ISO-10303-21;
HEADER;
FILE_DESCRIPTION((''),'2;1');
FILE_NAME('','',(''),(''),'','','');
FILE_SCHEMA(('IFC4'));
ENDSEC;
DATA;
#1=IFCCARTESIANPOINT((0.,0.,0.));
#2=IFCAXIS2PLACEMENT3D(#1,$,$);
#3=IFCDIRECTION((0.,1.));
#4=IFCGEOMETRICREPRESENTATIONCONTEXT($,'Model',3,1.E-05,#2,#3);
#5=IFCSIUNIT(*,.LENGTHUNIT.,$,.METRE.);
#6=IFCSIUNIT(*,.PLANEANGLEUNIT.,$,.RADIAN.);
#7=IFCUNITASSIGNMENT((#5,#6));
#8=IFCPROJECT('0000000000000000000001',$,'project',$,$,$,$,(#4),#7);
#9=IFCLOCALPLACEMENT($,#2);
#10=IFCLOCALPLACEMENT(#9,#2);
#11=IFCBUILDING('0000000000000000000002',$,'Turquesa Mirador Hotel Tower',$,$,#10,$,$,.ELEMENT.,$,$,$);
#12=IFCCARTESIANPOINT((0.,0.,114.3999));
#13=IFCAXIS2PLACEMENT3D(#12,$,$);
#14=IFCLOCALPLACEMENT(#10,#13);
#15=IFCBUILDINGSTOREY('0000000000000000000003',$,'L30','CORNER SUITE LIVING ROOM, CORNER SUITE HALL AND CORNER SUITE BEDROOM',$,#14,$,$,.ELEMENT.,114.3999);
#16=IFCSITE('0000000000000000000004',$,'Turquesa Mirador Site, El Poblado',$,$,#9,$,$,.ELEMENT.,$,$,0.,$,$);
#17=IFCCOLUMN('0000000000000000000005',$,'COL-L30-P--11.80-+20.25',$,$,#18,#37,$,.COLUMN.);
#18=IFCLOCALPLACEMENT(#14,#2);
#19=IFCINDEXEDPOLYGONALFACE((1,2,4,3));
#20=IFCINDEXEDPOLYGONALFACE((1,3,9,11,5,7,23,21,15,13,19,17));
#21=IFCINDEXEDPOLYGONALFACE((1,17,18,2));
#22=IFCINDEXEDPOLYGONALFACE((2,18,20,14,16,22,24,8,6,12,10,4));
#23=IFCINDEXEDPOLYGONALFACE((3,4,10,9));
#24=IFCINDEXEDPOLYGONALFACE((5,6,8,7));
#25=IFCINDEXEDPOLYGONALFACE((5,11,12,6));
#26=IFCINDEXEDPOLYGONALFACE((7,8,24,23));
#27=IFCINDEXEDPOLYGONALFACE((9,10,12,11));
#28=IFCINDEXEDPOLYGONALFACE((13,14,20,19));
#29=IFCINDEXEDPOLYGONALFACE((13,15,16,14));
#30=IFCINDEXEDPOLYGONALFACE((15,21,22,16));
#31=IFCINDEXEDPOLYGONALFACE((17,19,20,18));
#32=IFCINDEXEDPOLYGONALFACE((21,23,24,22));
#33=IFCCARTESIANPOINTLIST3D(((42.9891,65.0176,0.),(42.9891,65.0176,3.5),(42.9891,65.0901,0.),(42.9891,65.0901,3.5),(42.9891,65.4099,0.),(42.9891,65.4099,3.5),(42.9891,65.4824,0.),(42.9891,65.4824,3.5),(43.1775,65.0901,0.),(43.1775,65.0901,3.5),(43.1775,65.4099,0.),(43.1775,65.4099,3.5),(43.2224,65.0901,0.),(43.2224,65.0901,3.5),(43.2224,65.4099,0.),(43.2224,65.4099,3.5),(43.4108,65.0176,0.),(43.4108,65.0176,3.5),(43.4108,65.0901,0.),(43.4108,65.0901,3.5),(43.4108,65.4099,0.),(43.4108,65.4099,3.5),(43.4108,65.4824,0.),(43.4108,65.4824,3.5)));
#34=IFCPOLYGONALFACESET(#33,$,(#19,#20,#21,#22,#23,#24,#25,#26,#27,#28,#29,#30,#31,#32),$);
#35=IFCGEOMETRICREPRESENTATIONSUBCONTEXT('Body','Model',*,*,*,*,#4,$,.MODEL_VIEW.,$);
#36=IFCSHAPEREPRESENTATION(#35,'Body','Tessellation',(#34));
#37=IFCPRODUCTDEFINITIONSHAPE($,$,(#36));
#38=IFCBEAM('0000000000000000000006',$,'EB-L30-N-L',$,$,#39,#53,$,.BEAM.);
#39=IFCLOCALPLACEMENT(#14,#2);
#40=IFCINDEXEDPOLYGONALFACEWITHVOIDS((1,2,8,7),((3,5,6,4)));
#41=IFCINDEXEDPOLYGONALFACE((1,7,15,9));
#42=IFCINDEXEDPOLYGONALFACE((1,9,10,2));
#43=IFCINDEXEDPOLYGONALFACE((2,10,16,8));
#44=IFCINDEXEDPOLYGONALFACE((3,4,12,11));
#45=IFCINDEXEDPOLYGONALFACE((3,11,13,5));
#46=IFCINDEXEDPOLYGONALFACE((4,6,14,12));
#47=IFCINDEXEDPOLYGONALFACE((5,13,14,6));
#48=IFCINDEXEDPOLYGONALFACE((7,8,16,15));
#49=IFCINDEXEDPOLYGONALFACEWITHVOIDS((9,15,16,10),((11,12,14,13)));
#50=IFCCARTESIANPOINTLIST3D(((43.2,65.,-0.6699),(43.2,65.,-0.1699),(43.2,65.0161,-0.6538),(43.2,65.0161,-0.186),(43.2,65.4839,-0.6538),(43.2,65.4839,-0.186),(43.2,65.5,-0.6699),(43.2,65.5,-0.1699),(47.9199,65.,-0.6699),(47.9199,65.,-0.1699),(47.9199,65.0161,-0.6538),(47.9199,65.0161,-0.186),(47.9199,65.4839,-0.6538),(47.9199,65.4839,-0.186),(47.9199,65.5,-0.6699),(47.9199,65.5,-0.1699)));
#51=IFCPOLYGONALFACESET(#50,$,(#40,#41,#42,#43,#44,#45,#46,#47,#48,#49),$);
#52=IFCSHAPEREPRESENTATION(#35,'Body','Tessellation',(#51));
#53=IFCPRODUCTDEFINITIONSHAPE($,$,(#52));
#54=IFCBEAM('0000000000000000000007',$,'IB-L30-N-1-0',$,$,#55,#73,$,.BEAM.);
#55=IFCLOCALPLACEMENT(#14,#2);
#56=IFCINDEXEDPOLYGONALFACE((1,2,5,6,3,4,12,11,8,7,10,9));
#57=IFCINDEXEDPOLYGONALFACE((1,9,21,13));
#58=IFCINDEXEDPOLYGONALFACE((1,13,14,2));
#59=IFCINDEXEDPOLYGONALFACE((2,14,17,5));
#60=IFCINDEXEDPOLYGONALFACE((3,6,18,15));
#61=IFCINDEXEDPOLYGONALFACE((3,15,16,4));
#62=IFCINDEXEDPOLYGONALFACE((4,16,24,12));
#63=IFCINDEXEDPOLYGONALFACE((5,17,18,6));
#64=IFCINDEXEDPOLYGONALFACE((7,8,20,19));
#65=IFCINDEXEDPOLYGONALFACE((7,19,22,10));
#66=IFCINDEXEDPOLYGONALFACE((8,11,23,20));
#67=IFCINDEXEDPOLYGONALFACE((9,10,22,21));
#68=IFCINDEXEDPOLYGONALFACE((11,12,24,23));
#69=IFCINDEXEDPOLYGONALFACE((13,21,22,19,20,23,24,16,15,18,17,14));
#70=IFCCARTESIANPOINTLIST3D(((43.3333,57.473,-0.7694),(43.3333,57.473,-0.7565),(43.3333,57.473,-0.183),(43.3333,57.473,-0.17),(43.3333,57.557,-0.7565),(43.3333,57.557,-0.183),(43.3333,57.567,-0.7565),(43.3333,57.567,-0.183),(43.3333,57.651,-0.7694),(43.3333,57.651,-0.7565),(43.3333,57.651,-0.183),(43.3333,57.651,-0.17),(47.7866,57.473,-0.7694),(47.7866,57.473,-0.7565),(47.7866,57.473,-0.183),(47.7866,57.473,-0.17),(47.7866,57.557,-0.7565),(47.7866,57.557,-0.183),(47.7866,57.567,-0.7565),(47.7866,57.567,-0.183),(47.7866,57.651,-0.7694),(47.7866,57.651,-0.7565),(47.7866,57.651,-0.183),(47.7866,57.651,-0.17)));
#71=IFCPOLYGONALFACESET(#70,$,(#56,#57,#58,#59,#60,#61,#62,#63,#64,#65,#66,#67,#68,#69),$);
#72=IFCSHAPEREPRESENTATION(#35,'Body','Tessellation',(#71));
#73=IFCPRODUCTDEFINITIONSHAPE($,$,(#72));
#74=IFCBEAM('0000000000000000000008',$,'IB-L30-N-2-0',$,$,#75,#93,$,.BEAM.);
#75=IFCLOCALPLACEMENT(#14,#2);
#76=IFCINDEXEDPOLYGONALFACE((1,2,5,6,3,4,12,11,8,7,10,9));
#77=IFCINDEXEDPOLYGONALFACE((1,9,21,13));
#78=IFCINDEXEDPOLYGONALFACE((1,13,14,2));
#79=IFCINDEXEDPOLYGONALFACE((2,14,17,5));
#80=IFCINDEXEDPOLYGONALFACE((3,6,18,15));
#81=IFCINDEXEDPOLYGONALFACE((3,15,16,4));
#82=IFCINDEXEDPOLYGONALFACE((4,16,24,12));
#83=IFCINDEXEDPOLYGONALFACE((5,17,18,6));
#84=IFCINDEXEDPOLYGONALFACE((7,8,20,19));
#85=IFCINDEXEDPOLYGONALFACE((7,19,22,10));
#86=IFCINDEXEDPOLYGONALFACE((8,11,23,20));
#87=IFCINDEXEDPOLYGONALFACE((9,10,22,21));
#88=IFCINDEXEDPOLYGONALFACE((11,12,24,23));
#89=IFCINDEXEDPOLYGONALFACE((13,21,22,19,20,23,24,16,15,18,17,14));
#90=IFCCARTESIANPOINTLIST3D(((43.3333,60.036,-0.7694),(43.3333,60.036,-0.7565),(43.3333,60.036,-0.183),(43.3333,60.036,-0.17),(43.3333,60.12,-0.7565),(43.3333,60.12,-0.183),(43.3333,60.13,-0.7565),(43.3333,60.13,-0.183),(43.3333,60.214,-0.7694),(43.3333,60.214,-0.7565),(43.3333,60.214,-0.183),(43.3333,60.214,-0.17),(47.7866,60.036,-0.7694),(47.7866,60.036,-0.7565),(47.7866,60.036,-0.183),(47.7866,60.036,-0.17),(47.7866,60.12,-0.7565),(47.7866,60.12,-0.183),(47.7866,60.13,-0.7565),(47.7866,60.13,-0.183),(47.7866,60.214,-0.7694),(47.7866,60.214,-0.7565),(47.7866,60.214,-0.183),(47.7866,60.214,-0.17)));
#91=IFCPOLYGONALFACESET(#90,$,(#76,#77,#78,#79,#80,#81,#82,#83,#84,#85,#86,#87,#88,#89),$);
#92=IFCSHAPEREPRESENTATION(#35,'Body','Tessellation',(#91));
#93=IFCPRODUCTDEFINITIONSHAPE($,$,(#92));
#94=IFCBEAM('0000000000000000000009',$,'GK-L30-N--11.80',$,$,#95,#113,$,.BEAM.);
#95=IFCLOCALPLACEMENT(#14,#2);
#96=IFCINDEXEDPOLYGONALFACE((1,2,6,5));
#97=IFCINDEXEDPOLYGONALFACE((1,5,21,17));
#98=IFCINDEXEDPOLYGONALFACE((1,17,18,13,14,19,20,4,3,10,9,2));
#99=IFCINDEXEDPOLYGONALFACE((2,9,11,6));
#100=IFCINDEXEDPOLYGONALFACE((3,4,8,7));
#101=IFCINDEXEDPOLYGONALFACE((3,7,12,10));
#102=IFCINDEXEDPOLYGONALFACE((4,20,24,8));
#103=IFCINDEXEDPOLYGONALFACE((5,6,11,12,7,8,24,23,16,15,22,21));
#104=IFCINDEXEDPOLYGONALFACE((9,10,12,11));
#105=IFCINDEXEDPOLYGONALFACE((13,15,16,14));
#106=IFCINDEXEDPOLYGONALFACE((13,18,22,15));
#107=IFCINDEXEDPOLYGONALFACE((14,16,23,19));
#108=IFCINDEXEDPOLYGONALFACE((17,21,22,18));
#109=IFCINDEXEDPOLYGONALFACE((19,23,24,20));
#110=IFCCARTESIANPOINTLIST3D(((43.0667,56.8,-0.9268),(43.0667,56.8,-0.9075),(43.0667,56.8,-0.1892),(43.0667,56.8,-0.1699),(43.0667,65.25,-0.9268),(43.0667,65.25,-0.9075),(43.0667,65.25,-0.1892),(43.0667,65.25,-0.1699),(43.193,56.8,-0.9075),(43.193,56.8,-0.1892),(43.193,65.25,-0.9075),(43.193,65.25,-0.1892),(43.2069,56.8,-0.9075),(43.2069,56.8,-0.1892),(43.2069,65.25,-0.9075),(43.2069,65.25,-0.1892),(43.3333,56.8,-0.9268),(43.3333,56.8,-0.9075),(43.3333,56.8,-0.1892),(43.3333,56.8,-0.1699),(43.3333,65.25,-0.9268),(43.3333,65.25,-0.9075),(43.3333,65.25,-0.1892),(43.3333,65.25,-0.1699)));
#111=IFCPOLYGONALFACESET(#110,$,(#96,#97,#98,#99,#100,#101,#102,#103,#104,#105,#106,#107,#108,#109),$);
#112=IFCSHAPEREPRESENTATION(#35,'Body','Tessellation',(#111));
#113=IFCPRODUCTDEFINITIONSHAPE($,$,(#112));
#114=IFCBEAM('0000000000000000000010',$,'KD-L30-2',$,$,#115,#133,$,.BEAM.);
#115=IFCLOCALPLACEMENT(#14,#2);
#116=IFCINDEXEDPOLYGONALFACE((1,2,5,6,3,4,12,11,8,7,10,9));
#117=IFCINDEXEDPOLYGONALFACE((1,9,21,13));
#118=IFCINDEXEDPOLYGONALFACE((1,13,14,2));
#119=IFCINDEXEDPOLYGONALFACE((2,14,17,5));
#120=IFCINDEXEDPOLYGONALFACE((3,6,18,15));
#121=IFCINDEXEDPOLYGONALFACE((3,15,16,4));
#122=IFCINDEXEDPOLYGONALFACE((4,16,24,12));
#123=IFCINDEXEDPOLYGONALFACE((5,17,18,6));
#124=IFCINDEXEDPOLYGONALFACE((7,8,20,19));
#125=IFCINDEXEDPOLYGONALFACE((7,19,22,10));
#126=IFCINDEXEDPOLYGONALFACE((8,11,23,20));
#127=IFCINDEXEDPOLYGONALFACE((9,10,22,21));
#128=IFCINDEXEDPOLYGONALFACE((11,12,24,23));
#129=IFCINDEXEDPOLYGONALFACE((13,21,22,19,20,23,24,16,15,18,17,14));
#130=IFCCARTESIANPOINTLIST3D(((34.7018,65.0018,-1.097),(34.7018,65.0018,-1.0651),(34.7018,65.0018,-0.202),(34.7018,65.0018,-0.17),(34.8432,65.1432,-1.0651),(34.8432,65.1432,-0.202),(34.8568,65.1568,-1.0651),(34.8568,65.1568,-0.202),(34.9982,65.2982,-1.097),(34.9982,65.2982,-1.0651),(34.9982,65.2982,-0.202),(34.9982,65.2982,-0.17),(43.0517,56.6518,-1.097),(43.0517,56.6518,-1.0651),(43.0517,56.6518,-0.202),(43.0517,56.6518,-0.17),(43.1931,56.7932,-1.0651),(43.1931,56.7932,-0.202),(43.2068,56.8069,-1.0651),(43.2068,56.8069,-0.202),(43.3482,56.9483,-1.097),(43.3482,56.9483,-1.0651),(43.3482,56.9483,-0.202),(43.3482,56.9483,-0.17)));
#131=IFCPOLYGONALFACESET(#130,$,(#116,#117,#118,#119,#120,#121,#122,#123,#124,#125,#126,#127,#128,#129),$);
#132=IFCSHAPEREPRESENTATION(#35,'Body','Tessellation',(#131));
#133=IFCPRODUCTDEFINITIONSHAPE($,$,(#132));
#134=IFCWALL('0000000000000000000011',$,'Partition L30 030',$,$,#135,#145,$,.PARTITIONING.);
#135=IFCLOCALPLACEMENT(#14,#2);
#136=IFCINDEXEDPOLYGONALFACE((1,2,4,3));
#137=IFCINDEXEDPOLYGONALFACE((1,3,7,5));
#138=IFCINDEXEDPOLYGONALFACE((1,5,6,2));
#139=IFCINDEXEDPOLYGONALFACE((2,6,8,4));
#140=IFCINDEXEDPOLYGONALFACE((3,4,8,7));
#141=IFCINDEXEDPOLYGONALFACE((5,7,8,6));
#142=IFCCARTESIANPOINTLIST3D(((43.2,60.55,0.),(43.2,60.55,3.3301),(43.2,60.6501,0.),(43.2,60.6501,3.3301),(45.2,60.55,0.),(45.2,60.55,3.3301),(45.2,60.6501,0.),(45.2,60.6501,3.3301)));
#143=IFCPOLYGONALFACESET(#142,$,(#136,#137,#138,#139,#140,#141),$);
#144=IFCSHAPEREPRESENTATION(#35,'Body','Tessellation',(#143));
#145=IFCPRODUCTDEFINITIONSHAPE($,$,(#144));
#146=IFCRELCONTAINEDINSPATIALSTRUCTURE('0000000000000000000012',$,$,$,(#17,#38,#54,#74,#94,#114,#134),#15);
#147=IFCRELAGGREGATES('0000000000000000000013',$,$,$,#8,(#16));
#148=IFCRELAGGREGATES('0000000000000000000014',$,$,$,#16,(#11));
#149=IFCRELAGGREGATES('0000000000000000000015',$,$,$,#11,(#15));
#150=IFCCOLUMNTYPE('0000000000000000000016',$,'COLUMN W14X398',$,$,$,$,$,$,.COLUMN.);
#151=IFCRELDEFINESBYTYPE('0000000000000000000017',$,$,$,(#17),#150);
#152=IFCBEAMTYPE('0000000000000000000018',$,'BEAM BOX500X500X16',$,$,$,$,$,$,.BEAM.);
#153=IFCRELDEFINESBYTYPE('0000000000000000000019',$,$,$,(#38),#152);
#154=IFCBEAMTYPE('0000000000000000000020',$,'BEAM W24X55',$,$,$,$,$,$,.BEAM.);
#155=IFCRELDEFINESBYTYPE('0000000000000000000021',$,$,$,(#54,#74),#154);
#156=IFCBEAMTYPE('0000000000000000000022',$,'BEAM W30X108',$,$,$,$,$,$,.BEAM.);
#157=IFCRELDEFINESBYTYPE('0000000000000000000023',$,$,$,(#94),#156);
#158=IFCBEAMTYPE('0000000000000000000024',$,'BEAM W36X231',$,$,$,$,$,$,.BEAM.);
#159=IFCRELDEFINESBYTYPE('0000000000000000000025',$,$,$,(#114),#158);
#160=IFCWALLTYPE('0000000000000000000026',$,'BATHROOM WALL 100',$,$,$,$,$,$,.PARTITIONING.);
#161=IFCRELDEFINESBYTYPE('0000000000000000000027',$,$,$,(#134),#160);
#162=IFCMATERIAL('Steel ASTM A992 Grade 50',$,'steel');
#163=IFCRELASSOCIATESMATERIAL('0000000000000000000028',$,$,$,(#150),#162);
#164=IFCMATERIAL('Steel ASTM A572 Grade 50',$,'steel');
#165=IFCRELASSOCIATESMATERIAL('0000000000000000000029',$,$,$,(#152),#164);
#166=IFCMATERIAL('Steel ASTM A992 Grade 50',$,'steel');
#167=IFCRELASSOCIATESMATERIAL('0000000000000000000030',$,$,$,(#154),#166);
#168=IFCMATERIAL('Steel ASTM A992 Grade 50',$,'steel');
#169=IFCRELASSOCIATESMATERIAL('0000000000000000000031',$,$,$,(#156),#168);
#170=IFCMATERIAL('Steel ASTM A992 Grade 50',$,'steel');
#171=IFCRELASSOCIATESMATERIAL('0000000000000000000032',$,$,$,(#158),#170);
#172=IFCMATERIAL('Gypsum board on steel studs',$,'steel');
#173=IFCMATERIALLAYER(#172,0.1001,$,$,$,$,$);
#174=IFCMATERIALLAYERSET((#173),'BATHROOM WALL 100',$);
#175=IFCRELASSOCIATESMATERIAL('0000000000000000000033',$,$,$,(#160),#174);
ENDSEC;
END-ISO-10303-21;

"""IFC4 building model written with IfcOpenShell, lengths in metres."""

from ifc_helpers import new_model, si_unit, direction, frame, frame_2d, origin, origin_2d, place, context, subcontext, project, spatial, rectangle, hollow_rectangle, i_section, extrude, material, layer, layer_set, material_profile, profile_set, type_object, element, save


model = new_model("IFC4")

# Units and contexts
model_context = context("Model", 3, precision=1e-05, world=origin(), true_north=direction((0.0, 1.0)))
body_context = subcontext(model_context, "Body", "Model", "MODEL_VIEW")
ifc_project = project(units=[si_unit("LENGTHUNIT", "METRE"), si_unit("PLANEANGLEUNIT", "RADIAN")], contexts=[model_context])

# Site, building, storey
site_placement = place(None, origin())
site = spatial("IfcSite", under=ifc_project, at=site_placement, Name="Turquesa Mirador Site, El Poblado", CompositionType="ELEMENT", RefElevation=0.0)
building_placement = place(site_placement, origin())
building = spatial("IfcBuilding", under=site, at=building_placement, Name="Turquesa Mirador Hotel Tower", CompositionType="ELEMENT")
storey_placement = place(building_placement, frame((0.0, 0.0, 114.3999)))
storey = spatial("IfcBuildingStorey", under=building, at=storey_placement, Name="L30", Description="CORNER SUITE LIVING ROOM, CORNER SUITE HALL AND CORNER SUITE BEDROOM", CompositionType="ELEMENT", Elevation=114.3999)

# Column
ifc_material_1 = material(Name="Steel ASTM A992 Grade 50", Category="steel")
ifc_material_profile_1 = material_profile(ifc_material_1, i_section(OverallWidth=0.4216, OverallDepth=0.4648, WebThickness=0.0449, FlangeThickness=0.0725, at=origin_2d()), Name="W14X398")
ifc_profile_set_1 = profile_set([ifc_material_profile_1], Name="Steel ASTM A992 Grade 50")
column_type = type_object("IfcColumnType", Name="COLUMN W14X398", PredefinedType="COLUMN", material=ifc_profile_set_1)
column_placement = place(storey_placement, frame((43.2, 65.25, 0.0), z_axis=(0.0, 0.0, 1.0), x_axis=(1.0, 0.0, 0.0)))
element("IfcColumn", 1, at=column_placement, inside=storey, type_object=column_type, Name="COL-L30-P--11.80-+20.25", PredefinedType="COLUMN", context=body_context, shape_type="SweptSolid", body=[
    extrude(i_section(OverallWidth=0.4216, OverallDepth=0.4648, WebThickness=0.0449, FlangeThickness=0.0725, at=origin_2d()), origin(), (0.0, 0.0, 1.0), 3.5),
])

# Beams
ifc_material_2 = material(Name="Steel ASTM A572 Grade 50", Category="steel")
ifc_material_profile_2 = material_profile(ifc_material_2, hollow_rectangle(XDim=0.5, YDim=0.5, WallThickness=0.0161, at=origin_2d()), Name="BOX500X500X16")
ifc_profile_set_2 = profile_set([ifc_material_profile_2], Name="Steel ASTM A572 Grade 50")
beam_type_1 = type_object("IfcBeamType", Name="BEAM BOX500X500X16", PredefinedType="BEAM", material=ifc_profile_set_2)
beam_1_placement = place(storey_placement, frame((43.2, 65.25, -0.4199), z_axis=(1.0, 0.0, 0.0), x_axis=(0.0, 1.0, 0.0)))
element("IfcBeam", 2, at=beam_1_placement, inside=storey, type_object=beam_type_1, Name="EB-L30-N-L", PredefinedType="BEAM", context=body_context, shape_type="SweptSolid", body=[
    extrude(hollow_rectangle(XDim=0.5, YDim=0.5, WallThickness=0.0161, at=origin_2d()), origin(), (0.0, 0.0, 1.0), 4.72),
])
ifc_material_3 = material(Name="Steel ASTM A992 Grade 50", Category="steel")
ifc_material_profile_3 = material_profile(ifc_material_3, i_section(OverallWidth=0.178, OverallDepth=0.5994, WebThickness=0.01, FlangeThickness=0.0129, at=origin_2d()), Name="W24X55")
ifc_profile_set_3 = profile_set([ifc_material_profile_3], Name="Steel ASTM A992 Grade 50")
beam_type_2 = type_object("IfcBeamType", Name="BEAM W24X55", PredefinedType="BEAM", material=ifc_profile_set_3)
for number, where, z_axis, x_axis, name in (
    (3, (43.3333, 57.562, -0.4697), (1.0, 0.0, 0.0), (0.0, 1.0, 0.0), "IB-L30-N-1-0"),
    (4, (43.3333, 60.125, -0.4697), (1.0, 0.0, 0.0), (0.0, 1.0, 0.0), "IB-L30-N-2-0"),
):
    element("IfcBeam", number, at=place(storey_placement, frame(where, z_axis=z_axis, x_axis=x_axis)), inside=storey, type_object=beam_type_2, Name=name, PredefinedType="BEAM", context=body_context, shape_type="SweptSolid", body=[
        extrude(i_section(OverallWidth=0.178, OverallDepth=0.5994, WebThickness=0.01, FlangeThickness=0.0129, at=origin_2d()), origin(), (0.0, 0.0, 1.0), 4.4534),
    ])
ifc_material_4 = material(Name="Steel ASTM A992 Grade 50", Category="steel")
ifc_material_profile_4 = material_profile(ifc_material_4, i_section(OverallWidth=0.2666, OverallDepth=0.7568, WebThickness=0.0139, FlangeThickness=0.0193, at=origin_2d()), Name="W30X108")
ifc_profile_set_4 = profile_set([ifc_material_profile_4], Name="Steel ASTM A992 Grade 50")
beam_type_3 = type_object("IfcBeamType", Name="BEAM W30X108", PredefinedType="BEAM", material=ifc_profile_set_4)
beam_2_placement = place(storey_placement, frame((43.2, 65.25, -0.5483), z_axis=(0.0, -1.0, 0.0), x_axis=(1.0, 0.0, 0.0)))
element("IfcBeam", 5, at=beam_2_placement, inside=storey, type_object=beam_type_3, Name="GK-L30-N--11.80", PredefinedType="BEAM", context=body_context, shape_type="SweptSolid", body=[
    extrude(i_section(OverallWidth=0.2666, OverallDepth=0.7568, WebThickness=0.0139, FlangeThickness=0.0193, at=origin_2d()), origin(), (0.0, 0.0, 1.0), 8.45),
])
ifc_material_5 = material(Name="Steel ASTM A992 Grade 50", Category="steel")
ifc_material_profile_5 = material_profile(ifc_material_5, i_section(OverallWidth=0.4192, OverallDepth=0.927, WebThickness=0.0193, FlangeThickness=0.032, at=origin_2d()), Name="W36X231")
ifc_profile_set_5 = profile_set([ifc_material_profile_5], Name="Steel ASTM A992 Grade 50")
beam_type_4 = type_object("IfcBeamType", Name="BEAM W36X231", PredefinedType="BEAM", material=ifc_profile_set_5)
beam_3_placement = place(storey_placement, frame((43.2, 56.8, -0.6335), z_axis=(-0.707107, 0.707107, 0.0), x_axis=(-0.707107, -0.707107, 0.0)))
element("IfcBeam", 6, at=beam_3_placement, inside=storey, type_object=beam_type_4, Name="KD-L30-2", PredefinedType="BEAM", context=body_context, shape_type="SweptSolid", body=[
    extrude(i_section(OverallWidth=0.4192, OverallDepth=0.927, WebThickness=0.0193, FlangeThickness=0.032, at=origin_2d()), origin(), (0.0, 0.0, 1.0), 11.8086),
])

# Wall
ifc_material_6 = material(Name="Gypsum board on steel studs", Category="steel")
ifc_layer_1 = layer(ifc_material_6, 0.1001)
ifc_layer_set_1 = layer_set([ifc_layer_1], Name="BATHROOM WALL 100")
wall_type_1 = type_object("IfcWallType", Name="BATHROOM WALL 100", PredefinedType="PARTITIONING", material=ifc_layer_set_1)
wall_1_placement = place(storey_placement, frame((43.2, 60.6001, 0.0), z_axis=(0.0, 0.0, 1.0), x_axis=(1.0, 0.0, 0.0)))
element("IfcWall", 7, at=wall_1_placement, inside=storey, type_object=wall_type_1, Name="Partition L30 030", PredefinedType="PARTITIONING", context=body_context, shape_type="SweptSolid", body=[
    extrude(rectangle(XDim=2.0, YDim=0.1001, at=frame_2d((1.0, 0.0))), origin(), (0.0, 0.0, 1.0), 3.3301),
])

save(model, "model.ifc")
